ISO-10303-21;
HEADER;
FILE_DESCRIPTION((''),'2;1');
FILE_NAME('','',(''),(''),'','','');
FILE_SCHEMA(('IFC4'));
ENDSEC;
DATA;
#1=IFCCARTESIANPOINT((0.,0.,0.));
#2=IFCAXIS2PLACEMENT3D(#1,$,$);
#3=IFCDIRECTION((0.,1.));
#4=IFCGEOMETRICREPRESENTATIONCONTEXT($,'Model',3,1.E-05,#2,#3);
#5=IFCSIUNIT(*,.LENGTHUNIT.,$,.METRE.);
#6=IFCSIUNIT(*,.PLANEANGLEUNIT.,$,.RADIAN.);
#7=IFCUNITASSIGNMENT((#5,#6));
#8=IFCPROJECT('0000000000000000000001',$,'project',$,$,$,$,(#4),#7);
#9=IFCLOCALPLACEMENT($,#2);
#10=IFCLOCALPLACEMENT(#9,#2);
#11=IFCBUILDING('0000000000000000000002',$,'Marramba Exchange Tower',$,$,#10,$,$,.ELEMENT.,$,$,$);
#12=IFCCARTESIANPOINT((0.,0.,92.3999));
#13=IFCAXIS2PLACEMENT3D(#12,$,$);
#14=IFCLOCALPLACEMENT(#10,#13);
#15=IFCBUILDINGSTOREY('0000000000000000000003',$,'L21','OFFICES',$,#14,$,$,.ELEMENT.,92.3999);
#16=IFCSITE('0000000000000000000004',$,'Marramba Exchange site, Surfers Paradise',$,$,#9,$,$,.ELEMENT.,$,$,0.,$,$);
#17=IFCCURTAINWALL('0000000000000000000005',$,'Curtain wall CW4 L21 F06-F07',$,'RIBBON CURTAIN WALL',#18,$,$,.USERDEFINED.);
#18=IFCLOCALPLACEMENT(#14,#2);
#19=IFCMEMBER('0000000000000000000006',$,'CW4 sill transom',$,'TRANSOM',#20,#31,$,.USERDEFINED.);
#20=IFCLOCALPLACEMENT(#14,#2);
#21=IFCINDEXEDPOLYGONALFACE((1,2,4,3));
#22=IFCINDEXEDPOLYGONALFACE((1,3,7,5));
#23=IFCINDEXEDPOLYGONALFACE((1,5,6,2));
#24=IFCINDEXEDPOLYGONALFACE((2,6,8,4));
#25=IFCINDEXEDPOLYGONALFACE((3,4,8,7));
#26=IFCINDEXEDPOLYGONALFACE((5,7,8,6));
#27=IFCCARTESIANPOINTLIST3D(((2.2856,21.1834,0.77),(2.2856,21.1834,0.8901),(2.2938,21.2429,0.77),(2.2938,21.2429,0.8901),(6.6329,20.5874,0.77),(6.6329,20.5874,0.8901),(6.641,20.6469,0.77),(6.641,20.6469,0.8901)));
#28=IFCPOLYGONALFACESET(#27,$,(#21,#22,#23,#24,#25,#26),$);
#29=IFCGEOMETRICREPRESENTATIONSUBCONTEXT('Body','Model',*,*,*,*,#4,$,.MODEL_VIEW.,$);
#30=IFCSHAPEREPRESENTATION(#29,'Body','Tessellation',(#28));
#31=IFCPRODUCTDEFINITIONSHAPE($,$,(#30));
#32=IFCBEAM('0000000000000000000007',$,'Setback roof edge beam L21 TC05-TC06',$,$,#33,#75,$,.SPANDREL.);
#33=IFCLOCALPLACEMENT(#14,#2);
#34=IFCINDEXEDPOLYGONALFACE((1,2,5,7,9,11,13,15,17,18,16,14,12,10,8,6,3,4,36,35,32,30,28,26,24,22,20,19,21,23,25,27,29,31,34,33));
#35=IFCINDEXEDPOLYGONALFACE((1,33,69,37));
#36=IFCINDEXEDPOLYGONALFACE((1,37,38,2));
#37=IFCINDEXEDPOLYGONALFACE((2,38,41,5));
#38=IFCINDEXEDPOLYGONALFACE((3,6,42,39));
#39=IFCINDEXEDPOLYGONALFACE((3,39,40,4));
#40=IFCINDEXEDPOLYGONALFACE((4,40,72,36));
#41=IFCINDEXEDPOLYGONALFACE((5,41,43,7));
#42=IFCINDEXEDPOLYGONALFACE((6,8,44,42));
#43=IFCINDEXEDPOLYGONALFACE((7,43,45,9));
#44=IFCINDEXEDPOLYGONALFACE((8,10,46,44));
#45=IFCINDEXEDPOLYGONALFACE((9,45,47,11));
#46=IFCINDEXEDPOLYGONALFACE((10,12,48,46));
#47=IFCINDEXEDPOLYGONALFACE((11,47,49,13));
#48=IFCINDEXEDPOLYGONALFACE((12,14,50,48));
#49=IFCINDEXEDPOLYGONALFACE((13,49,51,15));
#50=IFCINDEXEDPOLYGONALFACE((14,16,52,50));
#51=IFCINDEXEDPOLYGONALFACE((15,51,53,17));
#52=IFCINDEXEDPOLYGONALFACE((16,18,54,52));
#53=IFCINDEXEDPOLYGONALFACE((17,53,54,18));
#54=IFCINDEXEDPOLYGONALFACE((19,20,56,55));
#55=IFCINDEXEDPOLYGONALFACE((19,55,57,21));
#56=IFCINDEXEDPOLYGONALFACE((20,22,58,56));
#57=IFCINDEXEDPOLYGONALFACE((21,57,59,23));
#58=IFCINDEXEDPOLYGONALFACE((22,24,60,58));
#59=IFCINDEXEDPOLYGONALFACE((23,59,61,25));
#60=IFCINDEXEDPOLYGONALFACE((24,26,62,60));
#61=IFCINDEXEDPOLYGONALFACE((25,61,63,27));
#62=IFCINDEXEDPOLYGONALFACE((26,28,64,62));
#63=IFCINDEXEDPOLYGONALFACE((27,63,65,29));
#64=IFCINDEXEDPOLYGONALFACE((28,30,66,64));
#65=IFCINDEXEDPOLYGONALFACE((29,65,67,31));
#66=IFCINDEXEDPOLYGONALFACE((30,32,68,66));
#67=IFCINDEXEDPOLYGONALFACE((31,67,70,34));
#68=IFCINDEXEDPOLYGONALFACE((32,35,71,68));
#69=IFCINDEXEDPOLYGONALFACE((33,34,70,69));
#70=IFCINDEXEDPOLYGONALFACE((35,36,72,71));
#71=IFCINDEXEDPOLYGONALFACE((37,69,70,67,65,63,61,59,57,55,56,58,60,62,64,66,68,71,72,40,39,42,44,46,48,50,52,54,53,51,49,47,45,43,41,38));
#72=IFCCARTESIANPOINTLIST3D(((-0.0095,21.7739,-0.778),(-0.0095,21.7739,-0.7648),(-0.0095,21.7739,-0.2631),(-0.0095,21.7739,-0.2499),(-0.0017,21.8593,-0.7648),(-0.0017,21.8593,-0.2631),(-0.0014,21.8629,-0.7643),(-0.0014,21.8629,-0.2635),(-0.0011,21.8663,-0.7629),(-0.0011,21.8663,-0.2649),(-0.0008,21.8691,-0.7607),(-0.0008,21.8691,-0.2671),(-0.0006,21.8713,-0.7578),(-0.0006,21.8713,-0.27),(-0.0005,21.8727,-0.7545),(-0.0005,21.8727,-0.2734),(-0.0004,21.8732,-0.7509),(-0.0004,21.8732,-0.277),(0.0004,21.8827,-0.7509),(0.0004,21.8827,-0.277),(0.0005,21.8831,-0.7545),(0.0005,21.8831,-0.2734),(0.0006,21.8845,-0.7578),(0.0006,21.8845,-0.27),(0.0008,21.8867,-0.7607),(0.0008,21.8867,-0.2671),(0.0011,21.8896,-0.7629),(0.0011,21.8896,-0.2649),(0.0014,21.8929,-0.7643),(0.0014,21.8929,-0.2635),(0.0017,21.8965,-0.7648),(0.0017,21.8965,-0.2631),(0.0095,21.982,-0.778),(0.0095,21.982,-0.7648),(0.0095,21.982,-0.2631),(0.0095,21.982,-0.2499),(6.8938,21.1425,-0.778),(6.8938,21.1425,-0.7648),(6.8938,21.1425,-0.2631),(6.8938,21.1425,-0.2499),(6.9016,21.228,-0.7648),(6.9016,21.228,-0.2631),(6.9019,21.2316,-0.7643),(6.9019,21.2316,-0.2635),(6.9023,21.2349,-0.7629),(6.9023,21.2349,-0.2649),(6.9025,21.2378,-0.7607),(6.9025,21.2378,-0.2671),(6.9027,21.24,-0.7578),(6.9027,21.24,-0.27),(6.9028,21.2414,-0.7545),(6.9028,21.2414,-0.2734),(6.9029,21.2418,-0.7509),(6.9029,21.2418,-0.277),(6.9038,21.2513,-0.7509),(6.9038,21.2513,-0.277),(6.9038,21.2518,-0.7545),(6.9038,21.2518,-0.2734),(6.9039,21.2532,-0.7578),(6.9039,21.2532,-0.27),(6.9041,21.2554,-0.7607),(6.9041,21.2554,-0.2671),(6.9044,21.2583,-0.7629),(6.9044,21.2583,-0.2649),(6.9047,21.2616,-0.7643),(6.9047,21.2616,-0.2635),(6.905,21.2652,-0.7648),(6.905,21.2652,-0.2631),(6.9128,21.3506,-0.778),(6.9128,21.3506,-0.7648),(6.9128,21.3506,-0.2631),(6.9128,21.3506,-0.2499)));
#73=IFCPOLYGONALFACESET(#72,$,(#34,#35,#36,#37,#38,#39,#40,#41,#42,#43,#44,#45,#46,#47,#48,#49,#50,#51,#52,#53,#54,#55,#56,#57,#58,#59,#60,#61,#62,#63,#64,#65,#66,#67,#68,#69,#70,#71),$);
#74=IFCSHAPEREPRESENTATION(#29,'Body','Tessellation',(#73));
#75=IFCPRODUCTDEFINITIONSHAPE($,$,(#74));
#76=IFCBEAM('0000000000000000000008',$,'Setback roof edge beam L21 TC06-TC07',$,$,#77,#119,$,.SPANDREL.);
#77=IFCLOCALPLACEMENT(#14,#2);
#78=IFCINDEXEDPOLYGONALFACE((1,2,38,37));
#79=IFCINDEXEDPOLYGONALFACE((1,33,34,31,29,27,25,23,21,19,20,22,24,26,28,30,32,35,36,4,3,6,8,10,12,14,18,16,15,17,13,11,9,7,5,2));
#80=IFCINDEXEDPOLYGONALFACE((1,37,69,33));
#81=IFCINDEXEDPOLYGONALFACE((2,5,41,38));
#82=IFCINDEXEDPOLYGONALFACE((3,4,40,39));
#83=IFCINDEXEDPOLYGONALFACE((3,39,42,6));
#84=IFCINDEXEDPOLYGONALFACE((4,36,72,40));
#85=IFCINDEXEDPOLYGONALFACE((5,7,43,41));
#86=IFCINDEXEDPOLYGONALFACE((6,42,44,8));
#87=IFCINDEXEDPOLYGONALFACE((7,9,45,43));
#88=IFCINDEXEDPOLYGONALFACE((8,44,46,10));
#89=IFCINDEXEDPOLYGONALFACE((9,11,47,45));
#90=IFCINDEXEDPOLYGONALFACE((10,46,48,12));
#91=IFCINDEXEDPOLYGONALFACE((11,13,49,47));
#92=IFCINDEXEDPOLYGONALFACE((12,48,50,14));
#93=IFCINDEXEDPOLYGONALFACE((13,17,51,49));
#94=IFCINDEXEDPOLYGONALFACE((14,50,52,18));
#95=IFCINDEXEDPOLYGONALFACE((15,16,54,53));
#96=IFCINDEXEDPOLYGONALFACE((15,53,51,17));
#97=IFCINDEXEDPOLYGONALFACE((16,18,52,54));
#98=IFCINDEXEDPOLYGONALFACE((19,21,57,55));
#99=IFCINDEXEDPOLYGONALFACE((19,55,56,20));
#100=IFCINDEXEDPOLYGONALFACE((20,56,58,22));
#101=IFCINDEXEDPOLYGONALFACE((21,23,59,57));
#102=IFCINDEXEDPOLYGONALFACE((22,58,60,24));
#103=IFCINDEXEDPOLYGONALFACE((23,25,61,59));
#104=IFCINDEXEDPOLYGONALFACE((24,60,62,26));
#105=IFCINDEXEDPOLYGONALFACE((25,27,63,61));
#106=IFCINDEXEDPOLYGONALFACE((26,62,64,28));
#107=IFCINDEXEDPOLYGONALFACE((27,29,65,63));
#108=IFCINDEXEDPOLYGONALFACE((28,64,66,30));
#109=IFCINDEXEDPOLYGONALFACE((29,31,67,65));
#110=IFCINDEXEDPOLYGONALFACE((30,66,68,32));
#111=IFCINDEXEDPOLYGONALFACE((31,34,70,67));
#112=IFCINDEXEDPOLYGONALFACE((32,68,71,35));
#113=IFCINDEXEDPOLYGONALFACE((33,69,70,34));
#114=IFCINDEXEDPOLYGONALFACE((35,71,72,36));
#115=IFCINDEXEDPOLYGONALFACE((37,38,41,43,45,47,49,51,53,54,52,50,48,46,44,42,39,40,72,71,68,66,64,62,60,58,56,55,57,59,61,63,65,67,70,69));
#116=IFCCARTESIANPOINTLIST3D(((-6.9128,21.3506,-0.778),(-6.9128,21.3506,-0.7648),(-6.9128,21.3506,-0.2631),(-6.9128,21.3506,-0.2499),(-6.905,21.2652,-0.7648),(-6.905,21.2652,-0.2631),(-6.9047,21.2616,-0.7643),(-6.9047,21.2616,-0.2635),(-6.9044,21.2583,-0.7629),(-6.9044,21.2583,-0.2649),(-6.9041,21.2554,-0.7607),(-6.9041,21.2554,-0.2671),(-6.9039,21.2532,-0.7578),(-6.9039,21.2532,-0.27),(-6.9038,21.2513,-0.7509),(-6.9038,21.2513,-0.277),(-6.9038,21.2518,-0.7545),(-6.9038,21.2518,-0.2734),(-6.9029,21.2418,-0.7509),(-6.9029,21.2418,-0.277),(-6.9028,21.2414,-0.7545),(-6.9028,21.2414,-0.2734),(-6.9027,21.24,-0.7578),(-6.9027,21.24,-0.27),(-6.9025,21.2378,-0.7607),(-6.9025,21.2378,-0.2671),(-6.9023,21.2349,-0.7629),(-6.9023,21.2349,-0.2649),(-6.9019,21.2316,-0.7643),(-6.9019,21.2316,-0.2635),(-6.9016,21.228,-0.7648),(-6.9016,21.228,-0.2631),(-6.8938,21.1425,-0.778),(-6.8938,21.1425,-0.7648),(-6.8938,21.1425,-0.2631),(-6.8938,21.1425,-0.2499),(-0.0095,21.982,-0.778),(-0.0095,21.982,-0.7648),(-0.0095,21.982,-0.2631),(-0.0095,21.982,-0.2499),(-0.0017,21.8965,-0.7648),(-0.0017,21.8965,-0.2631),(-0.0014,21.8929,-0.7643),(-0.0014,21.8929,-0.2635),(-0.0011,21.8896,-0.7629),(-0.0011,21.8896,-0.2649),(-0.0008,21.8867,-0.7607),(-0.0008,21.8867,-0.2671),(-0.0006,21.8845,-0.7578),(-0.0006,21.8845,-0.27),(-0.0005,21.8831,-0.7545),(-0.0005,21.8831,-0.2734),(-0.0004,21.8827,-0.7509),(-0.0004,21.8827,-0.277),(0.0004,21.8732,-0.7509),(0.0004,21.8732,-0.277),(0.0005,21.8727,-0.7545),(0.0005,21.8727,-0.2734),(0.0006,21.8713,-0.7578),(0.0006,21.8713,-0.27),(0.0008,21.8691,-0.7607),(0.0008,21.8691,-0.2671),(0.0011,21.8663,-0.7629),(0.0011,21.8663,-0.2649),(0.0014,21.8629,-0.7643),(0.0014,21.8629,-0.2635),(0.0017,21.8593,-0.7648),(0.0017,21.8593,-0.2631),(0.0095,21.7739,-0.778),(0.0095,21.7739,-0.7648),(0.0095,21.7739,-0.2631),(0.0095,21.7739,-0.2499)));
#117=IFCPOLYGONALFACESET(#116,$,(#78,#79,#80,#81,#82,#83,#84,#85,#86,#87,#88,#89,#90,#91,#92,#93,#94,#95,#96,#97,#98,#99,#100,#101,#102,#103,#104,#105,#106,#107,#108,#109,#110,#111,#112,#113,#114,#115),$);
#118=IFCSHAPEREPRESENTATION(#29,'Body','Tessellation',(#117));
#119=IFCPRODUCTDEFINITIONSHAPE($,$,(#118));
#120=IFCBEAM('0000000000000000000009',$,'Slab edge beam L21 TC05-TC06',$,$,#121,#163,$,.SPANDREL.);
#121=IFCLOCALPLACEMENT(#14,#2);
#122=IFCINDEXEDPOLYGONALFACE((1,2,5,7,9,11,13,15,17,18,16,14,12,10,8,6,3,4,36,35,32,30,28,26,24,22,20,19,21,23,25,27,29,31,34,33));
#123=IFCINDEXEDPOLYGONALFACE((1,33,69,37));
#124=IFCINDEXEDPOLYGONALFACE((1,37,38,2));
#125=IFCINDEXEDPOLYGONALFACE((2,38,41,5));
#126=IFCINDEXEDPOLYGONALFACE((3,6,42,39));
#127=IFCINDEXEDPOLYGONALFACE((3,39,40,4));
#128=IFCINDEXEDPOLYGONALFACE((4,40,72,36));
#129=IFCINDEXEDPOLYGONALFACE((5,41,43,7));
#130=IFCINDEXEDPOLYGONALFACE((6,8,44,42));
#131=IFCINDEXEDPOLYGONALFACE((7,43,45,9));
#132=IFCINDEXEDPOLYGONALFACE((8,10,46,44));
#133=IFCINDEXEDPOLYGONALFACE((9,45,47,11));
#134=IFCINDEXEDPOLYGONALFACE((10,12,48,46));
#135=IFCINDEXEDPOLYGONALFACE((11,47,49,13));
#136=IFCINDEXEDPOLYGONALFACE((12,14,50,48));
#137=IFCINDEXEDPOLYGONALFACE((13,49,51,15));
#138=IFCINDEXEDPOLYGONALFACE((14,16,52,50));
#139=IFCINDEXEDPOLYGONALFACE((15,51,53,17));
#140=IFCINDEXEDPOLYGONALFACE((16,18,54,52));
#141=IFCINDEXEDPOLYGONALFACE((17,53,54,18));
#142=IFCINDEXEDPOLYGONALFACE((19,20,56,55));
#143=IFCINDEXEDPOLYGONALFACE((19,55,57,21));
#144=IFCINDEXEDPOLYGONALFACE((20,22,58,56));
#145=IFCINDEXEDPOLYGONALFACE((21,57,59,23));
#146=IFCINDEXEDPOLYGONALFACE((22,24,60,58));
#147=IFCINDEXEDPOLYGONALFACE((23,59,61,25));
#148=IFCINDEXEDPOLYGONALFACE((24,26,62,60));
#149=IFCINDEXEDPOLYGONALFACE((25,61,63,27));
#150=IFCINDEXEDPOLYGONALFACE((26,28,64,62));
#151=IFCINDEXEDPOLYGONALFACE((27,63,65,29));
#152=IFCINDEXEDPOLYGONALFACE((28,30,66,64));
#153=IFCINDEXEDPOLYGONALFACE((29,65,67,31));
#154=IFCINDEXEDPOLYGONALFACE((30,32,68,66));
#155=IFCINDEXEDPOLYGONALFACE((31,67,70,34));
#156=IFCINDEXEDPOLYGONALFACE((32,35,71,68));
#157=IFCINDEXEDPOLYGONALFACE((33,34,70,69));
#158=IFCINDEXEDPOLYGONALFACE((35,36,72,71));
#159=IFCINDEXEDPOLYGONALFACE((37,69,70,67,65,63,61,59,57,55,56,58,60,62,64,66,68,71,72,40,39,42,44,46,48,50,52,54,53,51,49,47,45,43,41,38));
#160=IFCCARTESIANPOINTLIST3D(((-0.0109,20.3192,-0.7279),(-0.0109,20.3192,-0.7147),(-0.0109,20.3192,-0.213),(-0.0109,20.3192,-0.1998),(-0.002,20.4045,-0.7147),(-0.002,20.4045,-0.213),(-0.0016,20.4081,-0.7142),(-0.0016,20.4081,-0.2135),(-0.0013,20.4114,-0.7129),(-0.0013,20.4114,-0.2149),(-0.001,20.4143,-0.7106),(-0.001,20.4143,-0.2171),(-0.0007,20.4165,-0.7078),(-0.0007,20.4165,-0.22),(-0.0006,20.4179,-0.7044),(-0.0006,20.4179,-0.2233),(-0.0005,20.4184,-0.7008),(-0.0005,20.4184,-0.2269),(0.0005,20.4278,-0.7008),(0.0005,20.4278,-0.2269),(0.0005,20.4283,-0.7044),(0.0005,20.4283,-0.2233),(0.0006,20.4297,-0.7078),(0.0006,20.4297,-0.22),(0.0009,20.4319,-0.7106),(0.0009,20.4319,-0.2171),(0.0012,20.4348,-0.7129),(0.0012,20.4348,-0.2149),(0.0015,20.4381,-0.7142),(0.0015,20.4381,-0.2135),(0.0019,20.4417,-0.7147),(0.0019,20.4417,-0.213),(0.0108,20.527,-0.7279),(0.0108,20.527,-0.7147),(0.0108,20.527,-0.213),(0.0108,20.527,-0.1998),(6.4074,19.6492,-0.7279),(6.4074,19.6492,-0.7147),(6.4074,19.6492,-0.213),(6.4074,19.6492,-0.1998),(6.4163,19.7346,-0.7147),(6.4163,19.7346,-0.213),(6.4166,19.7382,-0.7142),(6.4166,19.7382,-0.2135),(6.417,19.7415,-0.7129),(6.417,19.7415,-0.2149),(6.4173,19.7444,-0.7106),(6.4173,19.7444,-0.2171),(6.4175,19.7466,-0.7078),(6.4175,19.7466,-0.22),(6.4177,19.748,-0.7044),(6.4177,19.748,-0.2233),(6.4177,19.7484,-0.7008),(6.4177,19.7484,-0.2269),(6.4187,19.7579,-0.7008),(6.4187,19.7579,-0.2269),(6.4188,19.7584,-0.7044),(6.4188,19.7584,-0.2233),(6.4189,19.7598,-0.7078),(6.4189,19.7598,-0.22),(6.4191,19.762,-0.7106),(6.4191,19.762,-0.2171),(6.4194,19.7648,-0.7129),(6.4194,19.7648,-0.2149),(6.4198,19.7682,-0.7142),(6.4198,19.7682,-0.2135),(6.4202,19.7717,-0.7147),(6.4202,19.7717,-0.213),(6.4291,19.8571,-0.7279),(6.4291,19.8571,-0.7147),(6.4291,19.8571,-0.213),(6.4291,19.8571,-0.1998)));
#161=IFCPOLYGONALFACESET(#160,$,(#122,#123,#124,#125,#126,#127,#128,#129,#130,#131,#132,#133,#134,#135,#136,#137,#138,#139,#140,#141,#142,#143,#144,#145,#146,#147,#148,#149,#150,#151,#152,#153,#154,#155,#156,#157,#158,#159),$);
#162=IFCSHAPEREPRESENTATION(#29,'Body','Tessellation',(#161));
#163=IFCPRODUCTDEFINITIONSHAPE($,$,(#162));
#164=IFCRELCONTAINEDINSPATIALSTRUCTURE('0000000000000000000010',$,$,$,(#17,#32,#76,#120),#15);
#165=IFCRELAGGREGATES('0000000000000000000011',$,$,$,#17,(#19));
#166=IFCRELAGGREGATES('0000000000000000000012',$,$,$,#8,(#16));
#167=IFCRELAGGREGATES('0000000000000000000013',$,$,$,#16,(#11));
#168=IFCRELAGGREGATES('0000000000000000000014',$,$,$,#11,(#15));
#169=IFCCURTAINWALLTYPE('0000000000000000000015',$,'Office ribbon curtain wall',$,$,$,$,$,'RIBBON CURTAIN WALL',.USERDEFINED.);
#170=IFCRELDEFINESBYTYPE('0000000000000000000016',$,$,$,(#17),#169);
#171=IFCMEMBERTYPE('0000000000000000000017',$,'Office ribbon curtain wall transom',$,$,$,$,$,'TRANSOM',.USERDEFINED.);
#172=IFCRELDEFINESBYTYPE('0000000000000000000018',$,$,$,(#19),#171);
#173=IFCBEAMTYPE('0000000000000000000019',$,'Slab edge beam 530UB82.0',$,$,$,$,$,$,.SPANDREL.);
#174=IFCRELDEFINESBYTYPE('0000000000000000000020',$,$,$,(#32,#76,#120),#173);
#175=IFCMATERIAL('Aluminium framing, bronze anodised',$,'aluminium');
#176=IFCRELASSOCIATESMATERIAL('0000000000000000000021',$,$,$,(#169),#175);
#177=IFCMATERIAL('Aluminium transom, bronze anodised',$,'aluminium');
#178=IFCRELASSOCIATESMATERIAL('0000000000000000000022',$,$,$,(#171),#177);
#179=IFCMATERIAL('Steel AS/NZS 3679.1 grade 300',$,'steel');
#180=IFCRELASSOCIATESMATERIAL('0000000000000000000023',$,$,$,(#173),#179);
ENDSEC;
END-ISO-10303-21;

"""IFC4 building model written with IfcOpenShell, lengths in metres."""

from ifc_helpers import new_model, si_unit, direction, frame, origin, origin_2d, place, context, subcontext, project, spatial, rectangle, i_section, extrude, material, material_profile, profile_set, type_object, element, aggregate, save


model = new_model("IFC4")

# Units and contexts
model_context = context("Model", 3, precision=1e-05, world=origin(), true_north=direction((0.0, 1.0)))
body_context = subcontext(model_context, "Body", "Model", "MODEL_VIEW")
ifc_project = project(units=[si_unit("LENGTHUNIT", "METRE"), si_unit("PLANEANGLEUNIT", "RADIAN")], contexts=[model_context])

# Site, building, storey
site_placement = place(None, origin())
site = spatial("IfcSite", under=ifc_project, at=site_placement, Name="Marramba Exchange site, Surfers Paradise", CompositionType="ELEMENT", RefElevation=0.0)
building_placement = place(site_placement, origin())
building = spatial("IfcBuilding", under=site, at=building_placement, Name="Marramba Exchange Tower", CompositionType="ELEMENT")
storey_placement = place(building_placement, frame((0.0, 0.0, 92.3999)))
storey = spatial("IfcBuildingStorey", under=building, at=storey_placement, Name="L21", Description="OFFICES", CompositionType="ELEMENT", Elevation=92.3999)

# Curtain wall, member
ifc_material_1 = material(Name="Aluminium framing, bronze anodised", Category="aluminium")
curtain_wall_type = type_object("IfcCurtainWallType", Name="Office ribbon curtain wall", ElementType="RIBBON CURTAIN WALL", PredefinedType="USERDEFINED", material=ifc_material_1)
curtain_wall_placement = place(storey_placement, origin())
curtain_wall = element("IfcCurtainWall", 1, at=curtain_wall_placement, inside=storey, type_object=curtain_wall_type, Name="Curtain wall CW4 L21 F06-F07", ObjectType="RIBBON CURTAIN WALL", PredefinedType="USERDEFINED")
ifc_material_2 = material(Name="Aluminium transom, bronze anodised", Category="aluminium")
ifc_material_profile_1 = material_profile(ifc_material_2, rectangle(XDim=0.0601, YDim=0.1201, at=origin_2d()), Name="CW4 transom 60x120")
ifc_profile_set_1 = profile_set([ifc_material_profile_1], Name="Aluminium transom, bronze anodised")
member_type_1 = type_object("IfcMemberType", Name="Office ribbon curtain wall transom", ElementType="TRANSOM", PredefinedType="USERDEFINED", material=ifc_profile_set_1)
member_1_placement = place(storey_placement, frame((6.637, 20.6172, 0.8301), z_axis=(-0.990734, 0.135818, 0.0), x_axis=(-0.135818, -0.990734, 0.0)))
member_1 = element("IfcMember", 2, at=member_1_placement, type_object=member_type_1, Name="CW4 sill transom", ObjectType="TRANSOM", PredefinedType="USERDEFINED", context=body_context, shape_type="SweptSolid", body=[
    extrude(rectangle(XDim=0.0601, YDim=0.1201, at=origin_2d()), origin(), (0.0, 0.0, 1.0), 4.3879),
])

# Beams
ifc_material_3 = material(Name="Steel AS/NZS 3679.1 grade 300", Category="steel")
ifc_material_profile_2 = material_profile(ifc_material_3, i_section(OverallWidth=0.209, OverallDepth=0.5281, WebThickness=0.0095, FlangeThickness=0.0132, FilletRadius=0.0139, at=origin_2d()), Name="530UB82.0")
ifc_profile_set_2 = profile_set([ifc_material_profile_2], Name="Steel AS/NZS 3679.1 grade 300")
beam_type_1 = type_object("IfcBeamType", Name="Slab edge beam 530UB82.0", PredefinedType="SPANDREL", material=ifc_profile_set_2)
for number, where, z_axis, x_axis, name in (
    (3, (6.9033, 21.2466, -0.5139), (-0.995844, 0.091076, 0.0), (-0.091076, -0.995844, 0.0), "Setback roof edge beam L21 TC05-TC06"),
    (4, (0.0, 21.8779, -0.5139), (-0.995844, -0.091076, 0.0), (0.091076, -0.995844, 0.0), "Setback roof edge beam L21 TC06-TC07"),
):
    element("IfcBeam", number, at=place(storey_placement, frame(where, z_axis=z_axis, x_axis=x_axis)), inside=storey, type_object=beam_type_1, Name=name, PredefinedType="SPANDREL", context=body_context, shape_type="SweptSolid", body=[
        extrude(i_section(OverallWidth=0.209, OverallDepth=0.5281, WebThickness=0.0095, FlangeThickness=0.0132, FilletRadius=0.0139, at=origin_2d()), origin(), (0.0, 0.0, 1.0), 6.9321),
    ])
beam_1_placement = place(storey_placement, frame((6.4182, 19.7532, -0.4639), z_axis=(-0.994597, 0.103814, 0.0), x_axis=(-0.103814, -0.994597, 0.0)))
element("IfcBeam", 5, at=beam_1_placement, inside=storey, type_object=beam_type_1, Name="Slab edge beam L21 TC05-TC06", PredefinedType="SPANDREL", context=body_context, shape_type="SweptSolid", body=[
    extrude(i_section(OverallWidth=0.209, OverallDepth=0.5281, WebThickness=0.0095, FlangeThickness=0.0132, FilletRadius=0.0139, at=origin_2d()), origin(), (0.0, 0.0, 1.0), 6.4531),
])

aggregate(curtain_wall, [member_1])

save(model, "model.ifc")
